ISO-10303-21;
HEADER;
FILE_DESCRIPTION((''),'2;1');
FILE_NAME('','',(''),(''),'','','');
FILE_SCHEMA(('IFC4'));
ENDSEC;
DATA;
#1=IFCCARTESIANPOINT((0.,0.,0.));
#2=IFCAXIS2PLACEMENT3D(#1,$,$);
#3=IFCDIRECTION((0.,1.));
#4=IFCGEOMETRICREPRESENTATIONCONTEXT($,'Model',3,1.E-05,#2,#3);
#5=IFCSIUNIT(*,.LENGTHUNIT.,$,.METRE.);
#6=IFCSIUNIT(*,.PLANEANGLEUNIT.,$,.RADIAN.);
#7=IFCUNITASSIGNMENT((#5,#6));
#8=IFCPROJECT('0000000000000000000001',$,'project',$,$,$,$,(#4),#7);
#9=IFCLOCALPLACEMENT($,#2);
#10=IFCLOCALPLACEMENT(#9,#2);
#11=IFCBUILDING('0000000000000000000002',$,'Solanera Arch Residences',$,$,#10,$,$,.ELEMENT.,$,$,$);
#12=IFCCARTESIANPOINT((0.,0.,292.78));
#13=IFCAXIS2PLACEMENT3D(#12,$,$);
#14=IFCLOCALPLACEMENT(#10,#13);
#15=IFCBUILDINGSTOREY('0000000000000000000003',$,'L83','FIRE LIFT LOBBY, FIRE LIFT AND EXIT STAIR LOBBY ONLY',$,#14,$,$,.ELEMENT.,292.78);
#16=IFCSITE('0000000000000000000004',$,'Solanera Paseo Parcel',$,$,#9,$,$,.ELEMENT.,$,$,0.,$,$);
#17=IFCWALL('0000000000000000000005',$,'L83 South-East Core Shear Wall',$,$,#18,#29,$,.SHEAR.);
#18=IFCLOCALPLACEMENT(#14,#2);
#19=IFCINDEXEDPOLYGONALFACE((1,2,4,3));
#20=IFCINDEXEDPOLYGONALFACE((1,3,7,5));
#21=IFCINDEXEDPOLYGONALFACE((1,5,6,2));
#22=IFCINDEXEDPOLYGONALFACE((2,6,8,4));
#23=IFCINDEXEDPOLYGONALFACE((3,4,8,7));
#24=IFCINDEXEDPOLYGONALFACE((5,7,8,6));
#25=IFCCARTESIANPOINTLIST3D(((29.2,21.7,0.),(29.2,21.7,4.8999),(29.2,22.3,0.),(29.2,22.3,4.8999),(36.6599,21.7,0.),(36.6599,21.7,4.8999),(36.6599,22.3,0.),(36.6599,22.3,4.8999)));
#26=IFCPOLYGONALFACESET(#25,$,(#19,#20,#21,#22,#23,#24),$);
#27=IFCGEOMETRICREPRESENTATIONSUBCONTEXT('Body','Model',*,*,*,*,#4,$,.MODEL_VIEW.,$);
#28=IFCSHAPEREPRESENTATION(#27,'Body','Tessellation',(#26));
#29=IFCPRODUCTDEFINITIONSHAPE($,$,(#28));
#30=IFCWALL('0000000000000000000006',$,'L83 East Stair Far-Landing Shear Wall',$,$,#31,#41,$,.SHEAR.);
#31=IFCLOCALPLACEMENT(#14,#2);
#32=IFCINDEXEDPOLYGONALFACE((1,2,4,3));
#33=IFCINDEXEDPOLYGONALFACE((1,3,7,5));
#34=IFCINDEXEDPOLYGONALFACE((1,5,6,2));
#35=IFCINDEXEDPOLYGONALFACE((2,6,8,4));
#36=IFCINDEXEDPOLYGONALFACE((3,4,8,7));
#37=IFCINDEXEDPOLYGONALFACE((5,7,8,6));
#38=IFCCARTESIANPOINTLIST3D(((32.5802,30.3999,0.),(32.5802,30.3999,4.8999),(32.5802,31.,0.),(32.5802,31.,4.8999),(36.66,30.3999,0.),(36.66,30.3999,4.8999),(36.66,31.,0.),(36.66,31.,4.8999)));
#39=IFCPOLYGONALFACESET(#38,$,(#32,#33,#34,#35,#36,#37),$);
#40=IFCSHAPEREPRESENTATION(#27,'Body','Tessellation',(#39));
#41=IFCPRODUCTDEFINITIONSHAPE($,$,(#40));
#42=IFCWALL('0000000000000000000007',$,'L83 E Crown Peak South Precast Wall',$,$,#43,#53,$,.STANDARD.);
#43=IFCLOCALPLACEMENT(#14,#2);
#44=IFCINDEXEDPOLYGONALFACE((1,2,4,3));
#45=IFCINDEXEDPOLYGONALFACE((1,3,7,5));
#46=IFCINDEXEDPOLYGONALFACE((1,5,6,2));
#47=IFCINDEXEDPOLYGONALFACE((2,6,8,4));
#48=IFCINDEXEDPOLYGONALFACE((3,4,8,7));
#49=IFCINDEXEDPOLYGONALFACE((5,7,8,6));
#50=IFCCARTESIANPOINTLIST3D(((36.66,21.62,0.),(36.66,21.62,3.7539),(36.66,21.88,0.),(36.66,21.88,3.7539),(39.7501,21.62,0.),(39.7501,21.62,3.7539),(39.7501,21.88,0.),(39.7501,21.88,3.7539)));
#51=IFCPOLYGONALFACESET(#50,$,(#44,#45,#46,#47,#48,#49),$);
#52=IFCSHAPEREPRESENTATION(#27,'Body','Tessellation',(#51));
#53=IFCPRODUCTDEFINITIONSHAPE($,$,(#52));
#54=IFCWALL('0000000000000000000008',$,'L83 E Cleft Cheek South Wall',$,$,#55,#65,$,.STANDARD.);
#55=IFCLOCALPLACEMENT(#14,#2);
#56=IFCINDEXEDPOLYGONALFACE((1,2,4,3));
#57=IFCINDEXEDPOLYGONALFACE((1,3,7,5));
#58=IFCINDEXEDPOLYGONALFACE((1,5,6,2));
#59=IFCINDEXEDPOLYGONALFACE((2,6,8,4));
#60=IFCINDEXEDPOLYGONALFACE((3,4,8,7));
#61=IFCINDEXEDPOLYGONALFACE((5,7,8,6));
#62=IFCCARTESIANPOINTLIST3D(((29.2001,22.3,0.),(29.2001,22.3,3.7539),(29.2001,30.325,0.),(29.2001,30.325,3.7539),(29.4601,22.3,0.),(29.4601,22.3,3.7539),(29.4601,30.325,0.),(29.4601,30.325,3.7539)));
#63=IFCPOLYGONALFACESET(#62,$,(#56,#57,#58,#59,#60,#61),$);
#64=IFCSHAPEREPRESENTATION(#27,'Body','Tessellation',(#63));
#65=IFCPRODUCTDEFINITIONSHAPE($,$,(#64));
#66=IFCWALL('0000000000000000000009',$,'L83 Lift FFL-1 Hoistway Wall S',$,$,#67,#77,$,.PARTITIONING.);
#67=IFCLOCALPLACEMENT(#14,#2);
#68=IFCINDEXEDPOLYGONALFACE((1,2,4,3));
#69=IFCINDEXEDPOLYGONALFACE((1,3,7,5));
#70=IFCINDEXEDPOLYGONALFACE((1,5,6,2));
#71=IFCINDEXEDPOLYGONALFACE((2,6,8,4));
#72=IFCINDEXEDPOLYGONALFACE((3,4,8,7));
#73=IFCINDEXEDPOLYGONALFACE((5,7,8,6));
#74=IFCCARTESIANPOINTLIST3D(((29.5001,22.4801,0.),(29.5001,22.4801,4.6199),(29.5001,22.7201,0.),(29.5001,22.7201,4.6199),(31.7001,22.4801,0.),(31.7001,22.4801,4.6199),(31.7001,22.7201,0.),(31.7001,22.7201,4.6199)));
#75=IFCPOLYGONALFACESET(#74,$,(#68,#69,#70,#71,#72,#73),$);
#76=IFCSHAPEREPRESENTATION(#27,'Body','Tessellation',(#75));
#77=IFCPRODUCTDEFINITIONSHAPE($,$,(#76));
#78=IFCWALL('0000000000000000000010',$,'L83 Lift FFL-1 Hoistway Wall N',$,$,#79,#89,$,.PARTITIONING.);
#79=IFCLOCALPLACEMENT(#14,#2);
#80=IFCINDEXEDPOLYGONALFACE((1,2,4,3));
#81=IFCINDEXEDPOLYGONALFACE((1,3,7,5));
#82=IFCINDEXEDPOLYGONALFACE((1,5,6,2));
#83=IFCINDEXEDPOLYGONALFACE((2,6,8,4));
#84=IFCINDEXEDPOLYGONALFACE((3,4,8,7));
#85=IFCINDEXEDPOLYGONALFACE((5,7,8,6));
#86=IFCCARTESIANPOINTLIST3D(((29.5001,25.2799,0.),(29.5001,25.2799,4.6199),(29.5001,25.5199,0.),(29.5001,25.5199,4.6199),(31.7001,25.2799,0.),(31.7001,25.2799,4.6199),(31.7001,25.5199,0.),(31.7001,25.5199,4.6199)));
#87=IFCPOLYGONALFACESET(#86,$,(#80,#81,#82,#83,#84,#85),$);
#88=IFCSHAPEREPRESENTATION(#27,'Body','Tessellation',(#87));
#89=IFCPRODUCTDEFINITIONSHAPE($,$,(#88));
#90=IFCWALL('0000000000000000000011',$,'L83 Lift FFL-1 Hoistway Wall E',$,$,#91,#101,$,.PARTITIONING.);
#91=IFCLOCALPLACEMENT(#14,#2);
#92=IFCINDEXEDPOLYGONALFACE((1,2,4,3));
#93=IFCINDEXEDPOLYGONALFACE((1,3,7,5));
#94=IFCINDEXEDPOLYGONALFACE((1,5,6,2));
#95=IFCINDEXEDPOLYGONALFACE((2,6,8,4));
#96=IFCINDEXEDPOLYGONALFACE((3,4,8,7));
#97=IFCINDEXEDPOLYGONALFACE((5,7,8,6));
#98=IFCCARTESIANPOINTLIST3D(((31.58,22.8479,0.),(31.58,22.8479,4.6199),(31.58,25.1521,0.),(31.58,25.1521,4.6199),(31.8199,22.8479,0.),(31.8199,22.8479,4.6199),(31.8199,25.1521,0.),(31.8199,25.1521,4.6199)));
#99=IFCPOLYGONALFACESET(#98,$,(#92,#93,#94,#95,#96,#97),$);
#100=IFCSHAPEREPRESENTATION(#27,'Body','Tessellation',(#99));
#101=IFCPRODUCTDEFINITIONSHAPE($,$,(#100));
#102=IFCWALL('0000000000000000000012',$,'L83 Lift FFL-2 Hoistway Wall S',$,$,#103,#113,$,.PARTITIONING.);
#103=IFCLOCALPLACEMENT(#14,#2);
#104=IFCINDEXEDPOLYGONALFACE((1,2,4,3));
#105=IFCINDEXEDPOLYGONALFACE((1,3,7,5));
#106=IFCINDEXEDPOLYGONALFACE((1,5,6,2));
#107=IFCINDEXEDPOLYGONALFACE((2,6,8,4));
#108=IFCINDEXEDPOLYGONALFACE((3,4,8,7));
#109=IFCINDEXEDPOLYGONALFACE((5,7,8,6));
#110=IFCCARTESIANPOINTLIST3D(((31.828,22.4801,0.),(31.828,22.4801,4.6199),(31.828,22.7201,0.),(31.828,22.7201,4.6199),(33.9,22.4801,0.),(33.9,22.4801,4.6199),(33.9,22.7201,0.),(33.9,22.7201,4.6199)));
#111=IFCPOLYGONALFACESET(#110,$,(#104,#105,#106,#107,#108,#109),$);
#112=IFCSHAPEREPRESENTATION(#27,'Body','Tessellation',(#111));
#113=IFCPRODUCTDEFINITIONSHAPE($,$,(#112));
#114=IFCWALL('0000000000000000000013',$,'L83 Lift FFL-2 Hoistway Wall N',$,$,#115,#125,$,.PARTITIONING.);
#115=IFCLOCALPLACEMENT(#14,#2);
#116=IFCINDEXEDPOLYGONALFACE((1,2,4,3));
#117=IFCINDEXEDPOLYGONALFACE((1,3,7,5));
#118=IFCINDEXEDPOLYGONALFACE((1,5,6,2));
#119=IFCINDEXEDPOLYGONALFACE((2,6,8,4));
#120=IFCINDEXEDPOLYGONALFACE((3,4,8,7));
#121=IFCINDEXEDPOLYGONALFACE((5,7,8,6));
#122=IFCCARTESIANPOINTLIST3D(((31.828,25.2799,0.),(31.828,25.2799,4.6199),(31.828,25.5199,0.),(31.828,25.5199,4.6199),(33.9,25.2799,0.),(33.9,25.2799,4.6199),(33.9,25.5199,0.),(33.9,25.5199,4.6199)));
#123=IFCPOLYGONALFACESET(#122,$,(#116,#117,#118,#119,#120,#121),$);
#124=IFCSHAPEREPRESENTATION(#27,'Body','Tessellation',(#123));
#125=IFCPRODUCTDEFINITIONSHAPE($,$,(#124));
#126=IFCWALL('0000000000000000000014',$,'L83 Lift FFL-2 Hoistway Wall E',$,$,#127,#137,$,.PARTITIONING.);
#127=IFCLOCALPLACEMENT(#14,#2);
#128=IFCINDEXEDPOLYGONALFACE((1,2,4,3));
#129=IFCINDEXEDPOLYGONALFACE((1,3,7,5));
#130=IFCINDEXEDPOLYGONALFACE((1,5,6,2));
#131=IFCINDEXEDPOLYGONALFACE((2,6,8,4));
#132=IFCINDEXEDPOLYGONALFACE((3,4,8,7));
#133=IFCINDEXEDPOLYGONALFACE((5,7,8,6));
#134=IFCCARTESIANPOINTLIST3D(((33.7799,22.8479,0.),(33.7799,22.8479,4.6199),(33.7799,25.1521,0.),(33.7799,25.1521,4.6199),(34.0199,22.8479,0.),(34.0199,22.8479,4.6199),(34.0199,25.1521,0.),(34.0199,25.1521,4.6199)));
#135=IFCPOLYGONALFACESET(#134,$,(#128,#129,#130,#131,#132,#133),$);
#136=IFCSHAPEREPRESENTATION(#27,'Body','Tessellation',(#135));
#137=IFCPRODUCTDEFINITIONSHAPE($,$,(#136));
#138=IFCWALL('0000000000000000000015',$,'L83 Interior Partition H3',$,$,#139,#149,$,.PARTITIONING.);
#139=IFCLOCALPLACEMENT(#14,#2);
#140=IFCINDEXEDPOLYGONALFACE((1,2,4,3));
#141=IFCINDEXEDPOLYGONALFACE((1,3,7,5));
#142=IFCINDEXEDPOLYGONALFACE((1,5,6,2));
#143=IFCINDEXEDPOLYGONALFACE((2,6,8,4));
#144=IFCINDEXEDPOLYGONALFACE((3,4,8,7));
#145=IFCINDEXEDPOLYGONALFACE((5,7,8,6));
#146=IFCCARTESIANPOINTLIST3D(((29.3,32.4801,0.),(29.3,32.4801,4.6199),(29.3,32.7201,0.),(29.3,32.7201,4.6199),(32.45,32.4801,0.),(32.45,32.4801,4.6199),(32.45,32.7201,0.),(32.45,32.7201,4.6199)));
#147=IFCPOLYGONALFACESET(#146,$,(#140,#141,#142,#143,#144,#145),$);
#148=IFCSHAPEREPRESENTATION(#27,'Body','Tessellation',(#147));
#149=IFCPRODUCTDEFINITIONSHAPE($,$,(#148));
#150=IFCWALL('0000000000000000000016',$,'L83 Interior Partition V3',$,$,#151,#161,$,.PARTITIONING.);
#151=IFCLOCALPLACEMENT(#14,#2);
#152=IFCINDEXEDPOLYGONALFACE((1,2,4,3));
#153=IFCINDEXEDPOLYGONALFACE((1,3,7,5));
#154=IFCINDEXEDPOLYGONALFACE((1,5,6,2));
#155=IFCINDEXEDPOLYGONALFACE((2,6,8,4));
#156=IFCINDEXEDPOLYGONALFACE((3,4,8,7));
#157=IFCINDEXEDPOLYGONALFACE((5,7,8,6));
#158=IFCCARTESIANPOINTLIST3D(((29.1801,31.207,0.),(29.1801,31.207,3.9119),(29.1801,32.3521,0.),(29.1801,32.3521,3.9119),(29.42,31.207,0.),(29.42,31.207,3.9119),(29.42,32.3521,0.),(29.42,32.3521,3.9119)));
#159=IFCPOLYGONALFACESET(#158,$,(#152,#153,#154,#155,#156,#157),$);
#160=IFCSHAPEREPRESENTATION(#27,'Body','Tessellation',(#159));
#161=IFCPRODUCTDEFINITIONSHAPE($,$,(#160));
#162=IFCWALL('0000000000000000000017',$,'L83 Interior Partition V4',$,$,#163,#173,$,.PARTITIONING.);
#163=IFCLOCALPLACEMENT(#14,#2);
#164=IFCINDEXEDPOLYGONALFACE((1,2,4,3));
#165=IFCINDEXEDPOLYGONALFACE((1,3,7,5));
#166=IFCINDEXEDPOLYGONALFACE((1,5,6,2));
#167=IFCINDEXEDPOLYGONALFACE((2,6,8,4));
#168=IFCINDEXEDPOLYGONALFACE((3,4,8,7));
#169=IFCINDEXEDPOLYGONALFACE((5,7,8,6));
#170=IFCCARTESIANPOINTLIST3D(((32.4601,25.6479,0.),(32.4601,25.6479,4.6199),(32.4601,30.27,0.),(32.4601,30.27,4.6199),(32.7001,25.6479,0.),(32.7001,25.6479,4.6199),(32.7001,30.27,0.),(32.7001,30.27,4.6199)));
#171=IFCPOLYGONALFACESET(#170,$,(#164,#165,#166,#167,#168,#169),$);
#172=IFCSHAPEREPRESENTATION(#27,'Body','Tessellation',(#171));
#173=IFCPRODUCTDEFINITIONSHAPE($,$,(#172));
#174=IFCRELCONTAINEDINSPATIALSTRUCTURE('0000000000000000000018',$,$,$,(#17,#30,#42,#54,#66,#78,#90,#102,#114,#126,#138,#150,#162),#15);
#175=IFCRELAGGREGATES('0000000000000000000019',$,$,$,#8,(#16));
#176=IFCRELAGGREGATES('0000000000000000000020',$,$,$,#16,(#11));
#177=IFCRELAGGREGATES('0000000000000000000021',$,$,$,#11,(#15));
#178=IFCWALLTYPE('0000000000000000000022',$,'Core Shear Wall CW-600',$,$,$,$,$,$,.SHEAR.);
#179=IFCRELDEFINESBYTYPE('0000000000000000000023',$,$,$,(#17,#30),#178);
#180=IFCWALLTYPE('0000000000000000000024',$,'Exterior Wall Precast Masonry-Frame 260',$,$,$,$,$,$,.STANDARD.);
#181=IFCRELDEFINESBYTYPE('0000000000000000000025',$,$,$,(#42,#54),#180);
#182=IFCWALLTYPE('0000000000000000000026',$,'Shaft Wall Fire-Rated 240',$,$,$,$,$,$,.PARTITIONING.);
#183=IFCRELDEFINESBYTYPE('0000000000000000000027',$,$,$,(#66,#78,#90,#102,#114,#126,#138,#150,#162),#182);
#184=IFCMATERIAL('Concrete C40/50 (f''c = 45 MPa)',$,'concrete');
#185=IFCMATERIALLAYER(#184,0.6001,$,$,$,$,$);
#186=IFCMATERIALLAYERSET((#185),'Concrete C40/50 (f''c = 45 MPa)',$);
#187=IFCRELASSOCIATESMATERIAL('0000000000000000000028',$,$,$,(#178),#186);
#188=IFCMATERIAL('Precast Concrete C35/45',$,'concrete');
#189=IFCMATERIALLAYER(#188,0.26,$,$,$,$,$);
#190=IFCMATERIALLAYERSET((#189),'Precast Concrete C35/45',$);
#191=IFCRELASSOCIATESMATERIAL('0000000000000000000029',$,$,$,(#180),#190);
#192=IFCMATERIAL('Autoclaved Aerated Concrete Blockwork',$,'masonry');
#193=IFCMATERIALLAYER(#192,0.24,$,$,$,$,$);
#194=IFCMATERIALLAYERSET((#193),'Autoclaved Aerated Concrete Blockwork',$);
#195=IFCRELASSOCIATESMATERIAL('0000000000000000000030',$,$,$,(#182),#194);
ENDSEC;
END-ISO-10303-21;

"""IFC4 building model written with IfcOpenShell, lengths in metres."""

from ifc_helpers import new_model, si_unit, direction, frame, frame_2d, origin, place, context, subcontext, project, spatial, rectangle, extrude, material, layer, layer_set, type_object, element, save


model = new_model("IFC4")

# Units and contexts
model_context = context("Model", 3, precision=1e-05, world=origin(), true_north=direction((0.0, 1.0)))
body_context = subcontext(model_context, "Body", "Model", "MODEL_VIEW")
ifc_project = project(units=[si_unit("LENGTHUNIT", "METRE"), si_unit("PLANEANGLEUNIT", "RADIAN")], contexts=[model_context])

# Site, building, storey
site_placement = place(None, origin())
site = spatial("IfcSite", under=ifc_project, at=site_placement, Name="Solanera Paseo Parcel", CompositionType="ELEMENT", RefElevation=0.0)
building_placement = place(site_placement, origin())
building = spatial("IfcBuilding", under=site, at=building_placement, Name="Solanera Arch Residences", CompositionType="ELEMENT")
storey_placement = place(building_placement, frame((0.0, 0.0, 292.78)))
storey = spatial("IfcBuildingStorey", under=building, at=storey_placement, Name="L83", Description="FIRE LIFT LOBBY, FIRE LIFT AND EXIT STAIR LOBBY ONLY", CompositionType="ELEMENT", Elevation=292.78)

# Walls
ifc_material_1 = material(Name="Concrete C40/50 (f'c = 45 MPa)", Category="concrete")
ifc_layer_1 = layer(ifc_material_1, 0.6001)
ifc_layer_set_1 = layer_set([ifc_layer_1], Name="Concrete C40/50 (f'c = 45 MPa)")
wall_type_1 = type_object("IfcWallType", Name="Core Shear Wall CW-600", PredefinedType="SHEAR", material=ifc_layer_set_1)
wall_1_placement = place(storey_placement, frame((29.2, 22.0, 0.0), z_axis=(0.0, 0.0, 1.0), x_axis=(1.0, 0.0, 0.0)))
element("IfcWall", 1, at=wall_1_placement, inside=storey, type_object=wall_type_1, Name="L83 South-East Core Shear Wall", PredefinedType="SHEAR", context=body_context, shape_type="SweptSolid", body=[
    extrude(rectangle(XDim=7.46, YDim=0.6001, at=frame_2d((3.73, 0.0))), origin(), (0.0, 0.0, 1.0), 4.8999),
])
wall_2_placement = place(storey_placement, frame((32.5801, 30.7, 0.0), z_axis=(0.0, 0.0, 1.0), x_axis=(1.0, 0.0, 0.0)))
element("IfcWall", 2, at=wall_2_placement, inside=storey, type_object=wall_type_1, Name="L83 East Stair Far-Landing Shear Wall", PredefinedType="SHEAR", context=body_context, shape_type="SweptSolid", body=[
    extrude(rectangle(XDim=4.0798, YDim=0.6001, at=frame_2d((2.04, 0.0))), origin(), (0.0, 0.0, 1.0), 4.8999),
])
ifc_material_2 = material(Name="Precast Concrete C35/45", Category="concrete")
ifc_layer_2 = layer(ifc_material_2, 0.26)
ifc_layer_set_2 = layer_set([ifc_layer_2], Name="Precast Concrete C35/45")
wall_type_2 = type_object("IfcWallType", Name="Exterior Wall Precast Masonry-Frame 260", PredefinedType="STANDARD", material=ifc_layer_set_2)
wall_3_placement = place(storey_placement, frame((39.75, 21.75, 0.0), z_axis=(0.0, 0.0, 1.0), x_axis=(-1.0, 0.0, 0.0)))
element("IfcWall", 3, at=wall_3_placement, inside=storey, type_object=wall_type_2, Name="L83 E Crown Peak South Precast Wall", PredefinedType="STANDARD", context=body_context, shape_type="SweptSolid", body=[
    extrude(rectangle(XDim=3.0901, YDim=0.26, at=frame_2d((1.5449, 0.0))), origin(), (0.0, 0.0, 1.0), 3.7539),
])
wall_4_placement = place(storey_placement, frame((29.3301, 22.3, 0.0), z_axis=(0.0, 0.0, 1.0), x_axis=(0.0, 1.0, 0.0)))
element("IfcWall", 4, at=wall_4_placement, inside=storey, type_object=wall_type_2, Name="L83 E Cleft Cheek South Wall", PredefinedType="STANDARD", context=body_context, shape_type="SweptSolid", body=[
    extrude(rectangle(XDim=8.0249, YDim=0.26, at=frame_2d((4.0125, 0.0))), origin(), (0.0, 0.0, 1.0), 3.7539),
])
ifc_material_3 = material(Name="Autoclaved Aerated Concrete Blockwork", Category="masonry")
ifc_layer_3 = layer(ifc_material_3, 0.24)
ifc_layer_set_3 = layer_set([ifc_layer_3], Name="Autoclaved Aerated Concrete Blockwork")
wall_type_3 = type_object("IfcWallType", Name="Shaft Wall Fire-Rated 240", PredefinedType="PARTITIONING", material=ifc_layer_set_3)
for number, where, z_axis, x_axis, name in (
    (5, (29.5, 22.6001, 0.0), (0.0, 0.0, 1.0), (1.0, 0.0, 0.0), "L83 Lift FFL-1 Hoistway Wall S"),
    (6, (29.5, 25.3999, 0.0), (0.0, 0.0, 1.0), (1.0, 0.0, 0.0), "L83 Lift FFL-1 Hoistway Wall N"),
):
    element("IfcWall", number, at=place(storey_placement, frame(where, z_axis=z_axis, x_axis=x_axis)), inside=storey, type_object=wall_type_3, Name=name, PredefinedType="PARTITIONING", context=body_context, shape_type="SweptSolid", body=[
        extrude(rectangle(XDim=2.2, YDim=0.24, at=frame_2d((1.1001, 0.0))), origin(), (0.0, 0.0, 1.0), 4.6199),
    ])
wall_5_placement = place(storey_placement, frame((31.7, 22.8479, 0.0), z_axis=(0.0, 0.0, 1.0), x_axis=(0.0, 1.0, 0.0)))
element("IfcWall", 7, at=wall_5_placement, inside=storey, type_object=wall_type_3, Name="L83 Lift FFL-1 Hoistway Wall E", PredefinedType="PARTITIONING", context=body_context, shape_type="SweptSolid", body=[
    extrude(rectangle(XDim=2.3042, YDim=0.24, at=frame_2d((1.1521, 0.0))), origin(), (0.0, 0.0, 1.0), 4.6199),
])
for number, where, z_axis, x_axis, name in (
    (8, (31.8279, 22.6001, 0.0), (0.0, 0.0, 1.0), (1.0, 0.0, 0.0), "L83 Lift FFL-2 Hoistway Wall S"),
    (9, (31.8279, 25.3999, 0.0), (0.0, 0.0, 1.0), (1.0, 0.0, 0.0), "L83 Lift FFL-2 Hoistway Wall N"),
):
    element("IfcWall", number, at=place(storey_placement, frame(where, z_axis=z_axis, x_axis=x_axis)), inside=storey, type_object=wall_type_3, Name=name, PredefinedType="PARTITIONING", context=body_context, shape_type="SweptSolid", body=[
        extrude(rectangle(XDim=2.072, YDim=0.24, at=frame_2d((1.0361, 0.0))), origin(), (0.0, 0.0, 1.0), 4.6199),
    ])
wall_6_placement = place(storey_placement, frame((33.8999, 22.8479, 0.0), z_axis=(0.0, 0.0, 1.0), x_axis=(0.0, 1.0, 0.0)))
element("IfcWall", 10, at=wall_6_placement, inside=storey, type_object=wall_type_3, Name="L83 Lift FFL-2 Hoistway Wall E", PredefinedType="PARTITIONING", context=body_context, shape_type="SweptSolid", body=[
    extrude(rectangle(XDim=2.3042, YDim=0.24, at=frame_2d((1.1521, 0.0))), origin(), (0.0, 0.0, 1.0), 4.6199),
])
wall_7_placement = place(storey_placement, frame((29.3, 32.6001, 0.0), z_axis=(0.0, 0.0, 1.0), x_axis=(1.0, 0.0, 0.0)))
element("IfcWall", 11, at=wall_7_placement, inside=storey, type_object=wall_type_3, Name="L83 Interior Partition H3", PredefinedType="PARTITIONING", context=body_context, shape_type="SweptSolid", body=[
    extrude(rectangle(XDim=3.1499, YDim=0.24, at=frame_2d((1.575, 0.0))), origin(), (0.0, 0.0, 1.0), 4.6199),
])
wall_8_placement = place(storey_placement, frame((29.3, 31.207, 0.0), z_axis=(0.0, 0.0, 1.0), x_axis=(0.0, 1.0, 0.0)))
element("IfcWall", 12, at=wall_8_placement, inside=storey, type_object=wall_type_3, Name="L83 Interior Partition V3", PredefinedType="PARTITIONING", context=body_context, shape_type="SweptSolid", body=[
    extrude(rectangle(XDim=1.145, YDim=0.24, at=frame_2d((0.5725, 0.0))), origin(), (0.0, 0.0, 1.0), 3.9119),
])
wall_9_placement = place(storey_placement, frame((32.5801, 25.6479, 0.0), z_axis=(0.0, 0.0, 1.0), x_axis=(0.0, 1.0, 0.0)))
element("IfcWall", 13, at=wall_9_placement, inside=storey, type_object=wall_type_3, Name="L83 Interior Partition V4", PredefinedType="PARTITIONING", context=body_context, shape_type="SweptSolid", body=[
    extrude(rectangle(XDim=4.6221, YDim=0.24, at=frame_2d((2.311, 0.0))), origin(), (0.0, 0.0, 1.0), 4.6199),
])

save(model, "model.ifc")
